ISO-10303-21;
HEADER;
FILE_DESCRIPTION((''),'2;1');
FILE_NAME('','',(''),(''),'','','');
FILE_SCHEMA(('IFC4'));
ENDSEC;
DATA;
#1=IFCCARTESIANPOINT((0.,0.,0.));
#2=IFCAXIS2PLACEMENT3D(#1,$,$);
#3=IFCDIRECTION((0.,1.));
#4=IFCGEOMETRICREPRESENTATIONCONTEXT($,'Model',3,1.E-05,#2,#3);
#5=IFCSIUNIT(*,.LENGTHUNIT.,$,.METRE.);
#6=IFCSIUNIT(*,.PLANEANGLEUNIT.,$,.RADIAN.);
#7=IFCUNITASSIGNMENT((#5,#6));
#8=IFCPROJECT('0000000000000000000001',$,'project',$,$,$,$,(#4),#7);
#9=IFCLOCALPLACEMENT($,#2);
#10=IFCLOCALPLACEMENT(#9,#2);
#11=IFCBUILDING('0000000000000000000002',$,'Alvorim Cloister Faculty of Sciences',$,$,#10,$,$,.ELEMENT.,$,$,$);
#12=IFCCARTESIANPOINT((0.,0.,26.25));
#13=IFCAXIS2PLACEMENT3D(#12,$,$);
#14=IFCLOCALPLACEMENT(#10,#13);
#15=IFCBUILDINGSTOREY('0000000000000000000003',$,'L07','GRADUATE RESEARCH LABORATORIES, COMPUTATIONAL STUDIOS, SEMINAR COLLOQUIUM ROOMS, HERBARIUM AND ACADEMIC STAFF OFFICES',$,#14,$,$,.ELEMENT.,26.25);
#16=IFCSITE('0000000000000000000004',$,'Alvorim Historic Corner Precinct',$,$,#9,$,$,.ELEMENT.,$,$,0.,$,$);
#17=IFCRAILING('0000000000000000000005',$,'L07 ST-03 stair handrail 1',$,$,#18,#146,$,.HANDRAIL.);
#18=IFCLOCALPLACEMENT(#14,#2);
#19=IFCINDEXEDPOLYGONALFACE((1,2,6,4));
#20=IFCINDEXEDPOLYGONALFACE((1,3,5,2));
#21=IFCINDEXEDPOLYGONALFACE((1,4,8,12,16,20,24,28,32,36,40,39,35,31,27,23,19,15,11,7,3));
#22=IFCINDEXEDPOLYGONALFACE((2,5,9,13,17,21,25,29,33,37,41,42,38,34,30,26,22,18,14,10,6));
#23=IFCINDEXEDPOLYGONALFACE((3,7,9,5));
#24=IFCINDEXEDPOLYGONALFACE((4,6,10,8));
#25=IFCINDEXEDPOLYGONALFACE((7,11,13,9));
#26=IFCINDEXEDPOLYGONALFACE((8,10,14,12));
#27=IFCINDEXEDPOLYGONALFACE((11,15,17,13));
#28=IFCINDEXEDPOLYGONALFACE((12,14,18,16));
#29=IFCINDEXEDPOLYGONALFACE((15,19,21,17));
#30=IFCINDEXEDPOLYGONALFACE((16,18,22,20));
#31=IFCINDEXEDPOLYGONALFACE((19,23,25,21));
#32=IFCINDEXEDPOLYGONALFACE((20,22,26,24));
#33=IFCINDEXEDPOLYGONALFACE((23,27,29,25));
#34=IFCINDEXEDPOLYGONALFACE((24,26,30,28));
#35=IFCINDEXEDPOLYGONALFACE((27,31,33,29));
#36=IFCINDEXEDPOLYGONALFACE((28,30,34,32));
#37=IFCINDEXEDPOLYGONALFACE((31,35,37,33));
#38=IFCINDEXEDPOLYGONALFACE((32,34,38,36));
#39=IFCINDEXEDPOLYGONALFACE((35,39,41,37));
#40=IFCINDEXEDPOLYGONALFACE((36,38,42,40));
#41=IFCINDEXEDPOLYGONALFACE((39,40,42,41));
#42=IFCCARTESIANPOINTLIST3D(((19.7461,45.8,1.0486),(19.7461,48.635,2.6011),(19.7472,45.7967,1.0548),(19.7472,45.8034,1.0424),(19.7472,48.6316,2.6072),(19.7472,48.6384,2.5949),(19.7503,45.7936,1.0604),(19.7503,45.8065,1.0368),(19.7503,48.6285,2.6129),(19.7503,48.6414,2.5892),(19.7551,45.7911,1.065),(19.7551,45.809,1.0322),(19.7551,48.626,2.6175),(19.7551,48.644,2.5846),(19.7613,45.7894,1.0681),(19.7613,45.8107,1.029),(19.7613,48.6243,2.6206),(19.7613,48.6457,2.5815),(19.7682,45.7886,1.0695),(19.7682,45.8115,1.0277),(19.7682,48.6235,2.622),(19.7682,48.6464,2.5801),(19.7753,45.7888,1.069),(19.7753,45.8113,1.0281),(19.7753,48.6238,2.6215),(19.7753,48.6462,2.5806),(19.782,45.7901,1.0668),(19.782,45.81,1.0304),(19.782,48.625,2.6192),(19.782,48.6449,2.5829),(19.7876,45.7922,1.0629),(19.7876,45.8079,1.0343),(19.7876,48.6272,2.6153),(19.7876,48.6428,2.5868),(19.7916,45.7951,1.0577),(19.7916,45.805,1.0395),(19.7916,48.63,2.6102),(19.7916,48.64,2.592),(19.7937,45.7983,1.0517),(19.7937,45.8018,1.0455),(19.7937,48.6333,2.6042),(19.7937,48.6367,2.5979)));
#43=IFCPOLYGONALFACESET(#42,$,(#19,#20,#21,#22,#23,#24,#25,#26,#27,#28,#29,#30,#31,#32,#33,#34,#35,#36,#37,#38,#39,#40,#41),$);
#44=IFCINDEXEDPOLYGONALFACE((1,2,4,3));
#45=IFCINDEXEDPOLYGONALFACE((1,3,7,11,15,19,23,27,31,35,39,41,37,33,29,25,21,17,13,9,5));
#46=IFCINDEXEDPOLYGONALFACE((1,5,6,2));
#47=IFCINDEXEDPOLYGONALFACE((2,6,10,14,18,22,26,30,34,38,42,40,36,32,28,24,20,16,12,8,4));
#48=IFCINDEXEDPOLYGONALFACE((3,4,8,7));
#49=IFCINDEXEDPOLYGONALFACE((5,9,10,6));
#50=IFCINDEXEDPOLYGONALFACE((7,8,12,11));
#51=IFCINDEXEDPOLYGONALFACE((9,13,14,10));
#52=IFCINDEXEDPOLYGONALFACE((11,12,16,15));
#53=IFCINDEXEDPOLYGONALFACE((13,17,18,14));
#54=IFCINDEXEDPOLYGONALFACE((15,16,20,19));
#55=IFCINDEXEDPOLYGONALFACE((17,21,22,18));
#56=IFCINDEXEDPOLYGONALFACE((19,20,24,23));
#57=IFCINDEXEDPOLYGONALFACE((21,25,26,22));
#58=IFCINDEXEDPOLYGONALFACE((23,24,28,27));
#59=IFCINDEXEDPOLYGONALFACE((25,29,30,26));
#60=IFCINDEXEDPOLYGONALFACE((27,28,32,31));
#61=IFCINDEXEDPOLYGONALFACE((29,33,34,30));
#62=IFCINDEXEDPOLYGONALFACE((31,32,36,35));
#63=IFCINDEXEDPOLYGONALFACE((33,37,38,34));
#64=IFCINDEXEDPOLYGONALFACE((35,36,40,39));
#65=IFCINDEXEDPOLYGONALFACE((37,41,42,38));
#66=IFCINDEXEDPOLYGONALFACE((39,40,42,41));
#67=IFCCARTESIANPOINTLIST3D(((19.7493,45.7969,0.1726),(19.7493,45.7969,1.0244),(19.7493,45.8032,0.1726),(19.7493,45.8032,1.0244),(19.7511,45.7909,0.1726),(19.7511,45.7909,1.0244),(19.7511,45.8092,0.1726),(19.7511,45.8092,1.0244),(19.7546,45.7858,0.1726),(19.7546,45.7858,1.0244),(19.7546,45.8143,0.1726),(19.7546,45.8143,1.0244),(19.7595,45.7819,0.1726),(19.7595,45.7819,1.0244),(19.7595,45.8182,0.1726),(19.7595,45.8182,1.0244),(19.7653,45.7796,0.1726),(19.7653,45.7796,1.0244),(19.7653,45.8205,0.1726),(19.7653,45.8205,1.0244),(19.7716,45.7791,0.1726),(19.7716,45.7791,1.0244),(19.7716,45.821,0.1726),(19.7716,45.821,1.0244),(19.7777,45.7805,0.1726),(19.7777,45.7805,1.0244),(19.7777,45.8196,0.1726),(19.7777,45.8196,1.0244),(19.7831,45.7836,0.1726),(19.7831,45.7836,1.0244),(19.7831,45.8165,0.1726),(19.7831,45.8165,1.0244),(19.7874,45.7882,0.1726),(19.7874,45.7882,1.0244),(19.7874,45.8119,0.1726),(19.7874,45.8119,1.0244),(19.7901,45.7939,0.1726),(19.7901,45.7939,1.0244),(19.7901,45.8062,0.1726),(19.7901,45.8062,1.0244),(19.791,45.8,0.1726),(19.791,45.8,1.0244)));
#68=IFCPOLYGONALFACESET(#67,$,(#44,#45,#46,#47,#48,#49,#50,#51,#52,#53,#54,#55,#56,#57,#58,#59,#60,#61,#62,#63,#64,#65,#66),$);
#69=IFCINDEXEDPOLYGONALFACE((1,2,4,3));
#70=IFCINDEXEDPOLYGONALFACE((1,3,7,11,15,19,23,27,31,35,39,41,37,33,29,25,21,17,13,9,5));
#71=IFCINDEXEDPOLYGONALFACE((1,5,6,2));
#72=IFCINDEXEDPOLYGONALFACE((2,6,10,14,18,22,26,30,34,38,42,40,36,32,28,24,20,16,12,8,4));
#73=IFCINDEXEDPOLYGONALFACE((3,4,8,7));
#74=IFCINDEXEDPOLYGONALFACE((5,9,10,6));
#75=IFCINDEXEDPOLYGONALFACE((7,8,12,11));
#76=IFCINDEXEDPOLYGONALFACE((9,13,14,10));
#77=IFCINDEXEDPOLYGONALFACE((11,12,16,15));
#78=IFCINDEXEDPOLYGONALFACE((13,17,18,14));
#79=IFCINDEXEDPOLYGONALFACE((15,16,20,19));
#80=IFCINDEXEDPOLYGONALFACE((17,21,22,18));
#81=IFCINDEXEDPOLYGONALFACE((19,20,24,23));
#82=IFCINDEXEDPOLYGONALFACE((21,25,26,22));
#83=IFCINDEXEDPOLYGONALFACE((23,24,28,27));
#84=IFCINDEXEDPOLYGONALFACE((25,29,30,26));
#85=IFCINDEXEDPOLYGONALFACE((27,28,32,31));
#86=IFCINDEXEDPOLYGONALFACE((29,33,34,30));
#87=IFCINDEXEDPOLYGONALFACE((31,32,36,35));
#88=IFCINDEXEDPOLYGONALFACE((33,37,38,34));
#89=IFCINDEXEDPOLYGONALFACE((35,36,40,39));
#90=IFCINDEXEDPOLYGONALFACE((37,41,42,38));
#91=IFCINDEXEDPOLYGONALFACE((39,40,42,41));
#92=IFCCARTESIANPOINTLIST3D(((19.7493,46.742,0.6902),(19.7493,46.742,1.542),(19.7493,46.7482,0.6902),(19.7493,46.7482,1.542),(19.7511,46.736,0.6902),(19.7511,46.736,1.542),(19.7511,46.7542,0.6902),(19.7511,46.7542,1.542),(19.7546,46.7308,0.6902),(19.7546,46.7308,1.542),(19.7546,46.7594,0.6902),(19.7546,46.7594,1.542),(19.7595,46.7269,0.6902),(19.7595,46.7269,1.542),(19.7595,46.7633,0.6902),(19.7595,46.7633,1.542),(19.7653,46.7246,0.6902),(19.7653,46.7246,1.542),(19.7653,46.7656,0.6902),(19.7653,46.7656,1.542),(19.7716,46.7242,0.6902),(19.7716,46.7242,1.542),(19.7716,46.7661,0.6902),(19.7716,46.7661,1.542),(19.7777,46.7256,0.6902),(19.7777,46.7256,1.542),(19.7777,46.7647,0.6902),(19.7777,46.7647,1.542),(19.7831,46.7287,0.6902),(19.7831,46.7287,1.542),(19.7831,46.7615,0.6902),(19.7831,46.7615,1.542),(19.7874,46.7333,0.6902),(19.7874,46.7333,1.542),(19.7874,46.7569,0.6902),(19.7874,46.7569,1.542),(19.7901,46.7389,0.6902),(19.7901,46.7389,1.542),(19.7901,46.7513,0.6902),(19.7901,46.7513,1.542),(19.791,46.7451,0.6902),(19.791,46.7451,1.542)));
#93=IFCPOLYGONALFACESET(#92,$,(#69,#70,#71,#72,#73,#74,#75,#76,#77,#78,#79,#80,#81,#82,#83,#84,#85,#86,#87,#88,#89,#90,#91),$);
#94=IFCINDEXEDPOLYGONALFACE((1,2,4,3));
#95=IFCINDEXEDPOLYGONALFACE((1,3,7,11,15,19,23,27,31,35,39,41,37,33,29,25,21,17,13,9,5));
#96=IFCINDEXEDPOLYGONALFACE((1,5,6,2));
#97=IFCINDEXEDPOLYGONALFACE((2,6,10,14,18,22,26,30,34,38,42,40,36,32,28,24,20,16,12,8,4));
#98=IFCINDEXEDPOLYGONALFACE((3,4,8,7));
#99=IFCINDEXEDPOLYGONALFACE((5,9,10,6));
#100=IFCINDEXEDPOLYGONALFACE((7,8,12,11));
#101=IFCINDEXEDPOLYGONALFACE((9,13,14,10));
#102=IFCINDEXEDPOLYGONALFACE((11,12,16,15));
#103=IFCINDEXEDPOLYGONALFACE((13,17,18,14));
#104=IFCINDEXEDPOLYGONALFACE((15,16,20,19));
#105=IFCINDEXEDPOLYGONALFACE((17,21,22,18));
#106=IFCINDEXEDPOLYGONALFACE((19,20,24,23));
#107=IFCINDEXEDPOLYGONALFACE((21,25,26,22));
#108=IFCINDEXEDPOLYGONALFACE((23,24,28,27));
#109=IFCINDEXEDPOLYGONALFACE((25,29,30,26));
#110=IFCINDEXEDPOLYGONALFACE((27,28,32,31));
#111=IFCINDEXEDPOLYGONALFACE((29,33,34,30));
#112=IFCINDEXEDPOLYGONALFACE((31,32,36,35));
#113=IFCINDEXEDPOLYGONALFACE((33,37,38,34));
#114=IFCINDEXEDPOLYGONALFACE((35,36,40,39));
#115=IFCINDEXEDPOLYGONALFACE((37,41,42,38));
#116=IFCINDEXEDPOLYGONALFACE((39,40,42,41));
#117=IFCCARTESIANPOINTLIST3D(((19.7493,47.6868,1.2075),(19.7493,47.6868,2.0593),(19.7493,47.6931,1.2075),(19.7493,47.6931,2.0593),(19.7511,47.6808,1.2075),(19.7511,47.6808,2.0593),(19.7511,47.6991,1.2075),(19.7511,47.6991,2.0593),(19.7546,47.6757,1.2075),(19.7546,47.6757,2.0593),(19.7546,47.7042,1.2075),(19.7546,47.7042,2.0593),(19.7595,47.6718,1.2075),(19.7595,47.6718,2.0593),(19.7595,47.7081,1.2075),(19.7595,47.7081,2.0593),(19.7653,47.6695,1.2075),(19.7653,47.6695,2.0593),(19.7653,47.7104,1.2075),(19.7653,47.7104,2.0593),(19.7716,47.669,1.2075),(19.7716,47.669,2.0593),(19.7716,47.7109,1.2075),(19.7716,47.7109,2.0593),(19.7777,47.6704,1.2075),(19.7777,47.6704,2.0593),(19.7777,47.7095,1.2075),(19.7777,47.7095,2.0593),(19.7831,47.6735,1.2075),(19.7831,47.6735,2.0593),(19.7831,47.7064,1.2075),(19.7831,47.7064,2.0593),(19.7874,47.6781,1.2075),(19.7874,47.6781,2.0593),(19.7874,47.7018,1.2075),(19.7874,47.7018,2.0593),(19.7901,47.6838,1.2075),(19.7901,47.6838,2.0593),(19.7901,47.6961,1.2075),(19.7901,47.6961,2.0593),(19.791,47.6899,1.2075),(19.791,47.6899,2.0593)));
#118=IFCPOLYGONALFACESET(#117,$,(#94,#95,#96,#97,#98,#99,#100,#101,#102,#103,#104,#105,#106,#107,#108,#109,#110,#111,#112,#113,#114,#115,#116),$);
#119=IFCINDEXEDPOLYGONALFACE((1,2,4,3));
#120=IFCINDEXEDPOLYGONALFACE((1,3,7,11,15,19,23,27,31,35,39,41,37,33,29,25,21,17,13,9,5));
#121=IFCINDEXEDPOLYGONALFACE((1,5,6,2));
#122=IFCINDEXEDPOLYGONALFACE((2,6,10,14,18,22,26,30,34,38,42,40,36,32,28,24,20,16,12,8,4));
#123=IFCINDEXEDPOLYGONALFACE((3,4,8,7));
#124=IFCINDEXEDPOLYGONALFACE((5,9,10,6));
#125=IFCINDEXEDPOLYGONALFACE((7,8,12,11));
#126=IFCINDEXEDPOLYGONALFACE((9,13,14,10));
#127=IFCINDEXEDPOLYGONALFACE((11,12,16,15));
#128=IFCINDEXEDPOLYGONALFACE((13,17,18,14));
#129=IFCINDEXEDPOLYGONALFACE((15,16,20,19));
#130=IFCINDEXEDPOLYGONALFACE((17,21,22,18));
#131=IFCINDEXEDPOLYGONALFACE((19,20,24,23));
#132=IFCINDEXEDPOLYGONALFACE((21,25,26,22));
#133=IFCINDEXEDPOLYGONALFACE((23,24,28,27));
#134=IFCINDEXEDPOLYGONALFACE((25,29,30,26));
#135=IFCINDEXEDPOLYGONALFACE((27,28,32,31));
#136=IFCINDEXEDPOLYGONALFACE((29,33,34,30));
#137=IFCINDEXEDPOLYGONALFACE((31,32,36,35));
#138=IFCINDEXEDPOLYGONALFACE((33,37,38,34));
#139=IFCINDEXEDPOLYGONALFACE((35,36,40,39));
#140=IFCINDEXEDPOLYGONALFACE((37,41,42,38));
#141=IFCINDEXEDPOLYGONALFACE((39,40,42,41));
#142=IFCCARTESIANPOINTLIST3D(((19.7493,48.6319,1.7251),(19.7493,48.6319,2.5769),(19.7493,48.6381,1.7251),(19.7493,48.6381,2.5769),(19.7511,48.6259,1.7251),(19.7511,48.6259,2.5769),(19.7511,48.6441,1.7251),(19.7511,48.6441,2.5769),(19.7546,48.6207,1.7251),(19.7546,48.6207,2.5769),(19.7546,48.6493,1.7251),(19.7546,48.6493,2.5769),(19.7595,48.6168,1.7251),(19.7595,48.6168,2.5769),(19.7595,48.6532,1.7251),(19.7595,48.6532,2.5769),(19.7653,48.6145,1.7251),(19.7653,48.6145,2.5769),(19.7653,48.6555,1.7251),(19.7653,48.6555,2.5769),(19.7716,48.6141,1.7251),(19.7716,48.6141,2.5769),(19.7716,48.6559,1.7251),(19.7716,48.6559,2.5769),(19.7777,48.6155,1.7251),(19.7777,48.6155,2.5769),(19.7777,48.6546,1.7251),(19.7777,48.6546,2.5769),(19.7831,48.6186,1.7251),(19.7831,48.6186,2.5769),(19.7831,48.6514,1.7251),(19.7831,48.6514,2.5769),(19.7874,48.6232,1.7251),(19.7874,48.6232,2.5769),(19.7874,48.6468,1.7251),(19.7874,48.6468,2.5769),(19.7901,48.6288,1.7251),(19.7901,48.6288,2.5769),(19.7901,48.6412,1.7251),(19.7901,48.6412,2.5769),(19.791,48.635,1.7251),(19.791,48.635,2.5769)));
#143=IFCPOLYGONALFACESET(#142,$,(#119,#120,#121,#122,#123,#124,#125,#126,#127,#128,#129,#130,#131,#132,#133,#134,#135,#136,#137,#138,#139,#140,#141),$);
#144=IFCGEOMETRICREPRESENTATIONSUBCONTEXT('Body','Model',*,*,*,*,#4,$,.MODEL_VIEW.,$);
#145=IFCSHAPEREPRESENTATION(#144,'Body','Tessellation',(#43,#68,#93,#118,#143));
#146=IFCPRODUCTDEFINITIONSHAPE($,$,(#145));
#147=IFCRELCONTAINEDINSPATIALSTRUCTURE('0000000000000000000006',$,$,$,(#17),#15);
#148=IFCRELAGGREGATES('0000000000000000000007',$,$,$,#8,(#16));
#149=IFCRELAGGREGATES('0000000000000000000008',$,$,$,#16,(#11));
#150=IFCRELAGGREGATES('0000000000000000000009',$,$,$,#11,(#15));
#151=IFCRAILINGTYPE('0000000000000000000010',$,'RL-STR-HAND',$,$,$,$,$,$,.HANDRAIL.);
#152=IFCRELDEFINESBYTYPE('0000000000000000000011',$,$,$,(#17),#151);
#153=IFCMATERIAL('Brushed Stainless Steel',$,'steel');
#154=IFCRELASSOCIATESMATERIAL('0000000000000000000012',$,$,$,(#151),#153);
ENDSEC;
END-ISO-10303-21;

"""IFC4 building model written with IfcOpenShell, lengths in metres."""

from ifc_helpers import new_model, si_unit, direction, frame, origin, origin_2d, place, context, subcontext, project, spatial, circle, extrude, material, type_object, element, save


model = new_model("IFC4")

# Units and contexts
model_context = context("Model", 3, precision=1e-05, world=origin(), true_north=direction((0.0, 1.0)))
body_context = subcontext(model_context, "Body", "Model", "MODEL_VIEW")
ifc_project = project(units=[si_unit("LENGTHUNIT", "METRE"), si_unit("PLANEANGLEUNIT", "RADIAN")], contexts=[model_context])

# Site, building, storey
site_placement = place(None, origin())
site = spatial("IfcSite", under=ifc_project, at=site_placement, Name="Alvorim Historic Corner Precinct", CompositionType="ELEMENT", RefElevation=0.0)
building_placement = place(site_placement, origin())
building = spatial("IfcBuilding", under=site, at=building_placement, Name="Alvorim Cloister Faculty of Sciences", CompositionType="ELEMENT")
storey_placement = place(building_placement, frame((0.0, 0.0, 26.25)))
storey = spatial("IfcBuildingStorey", under=building, at=storey_placement, Name="L07", Description="GRADUATE RESEARCH LABORATORIES, COMPUTATIONAL STUDIOS, SEMINAR COLLOQUIUM ROOMS, HERBARIUM AND ACADEMIC STAFF OFFICES", CompositionType="ELEMENT", Elevation=26.25)

# Shared definitions
ifc_material_1 = material(Name="Brushed Stainless Steel", Category="steel")

# Railing
railing_type_1 = type_object("IfcRailingType", Name="RL-STR-HAND", PredefinedType="HANDRAIL", material=ifc_material_1)
railing_1_placement = place(storey_placement, frame((19.77, 45.8, 0.1726)))
element("IfcRailing", 1, at=railing_1_placement, inside=storey, type_object=railing_type_1, Name="L07 ST-03 stair handrail 1", PredefinedType="HANDRAIL", context=body_context, shape_type="SweptSolid", body=[
    extrude(circle(Radius=0.0239, at=origin_2d()), frame((0.0, 0.0, 0.876), z_axis=(0.0, 0.877095, 0.480317), x_axis=(-1.0, 0.0, 0.0)), (0.0, 0.0, 1.0), 3.2322),
    extrude(circle(Radius=0.021, at=origin_2d()), origin(), (0.0, 0.0, 1.0), 0.8518),
    extrude(circle(Radius=0.021, at=origin_2d()), frame((0.0, 0.9451, 0.5176)), (0.0, 0.0, 1.0), 0.8518),
    extrude(circle(Radius=0.021, at=origin_2d()), frame((0.0, 1.8899, 1.0349)), (0.0, 0.0, 1.0), 0.8518),
    extrude(circle(Radius=0.021, at=origin_2d()), frame((0.0, 2.835, 1.5525)), (0.0, 0.0, 1.0), 0.8518),
])

save(model, "model.ifc")
